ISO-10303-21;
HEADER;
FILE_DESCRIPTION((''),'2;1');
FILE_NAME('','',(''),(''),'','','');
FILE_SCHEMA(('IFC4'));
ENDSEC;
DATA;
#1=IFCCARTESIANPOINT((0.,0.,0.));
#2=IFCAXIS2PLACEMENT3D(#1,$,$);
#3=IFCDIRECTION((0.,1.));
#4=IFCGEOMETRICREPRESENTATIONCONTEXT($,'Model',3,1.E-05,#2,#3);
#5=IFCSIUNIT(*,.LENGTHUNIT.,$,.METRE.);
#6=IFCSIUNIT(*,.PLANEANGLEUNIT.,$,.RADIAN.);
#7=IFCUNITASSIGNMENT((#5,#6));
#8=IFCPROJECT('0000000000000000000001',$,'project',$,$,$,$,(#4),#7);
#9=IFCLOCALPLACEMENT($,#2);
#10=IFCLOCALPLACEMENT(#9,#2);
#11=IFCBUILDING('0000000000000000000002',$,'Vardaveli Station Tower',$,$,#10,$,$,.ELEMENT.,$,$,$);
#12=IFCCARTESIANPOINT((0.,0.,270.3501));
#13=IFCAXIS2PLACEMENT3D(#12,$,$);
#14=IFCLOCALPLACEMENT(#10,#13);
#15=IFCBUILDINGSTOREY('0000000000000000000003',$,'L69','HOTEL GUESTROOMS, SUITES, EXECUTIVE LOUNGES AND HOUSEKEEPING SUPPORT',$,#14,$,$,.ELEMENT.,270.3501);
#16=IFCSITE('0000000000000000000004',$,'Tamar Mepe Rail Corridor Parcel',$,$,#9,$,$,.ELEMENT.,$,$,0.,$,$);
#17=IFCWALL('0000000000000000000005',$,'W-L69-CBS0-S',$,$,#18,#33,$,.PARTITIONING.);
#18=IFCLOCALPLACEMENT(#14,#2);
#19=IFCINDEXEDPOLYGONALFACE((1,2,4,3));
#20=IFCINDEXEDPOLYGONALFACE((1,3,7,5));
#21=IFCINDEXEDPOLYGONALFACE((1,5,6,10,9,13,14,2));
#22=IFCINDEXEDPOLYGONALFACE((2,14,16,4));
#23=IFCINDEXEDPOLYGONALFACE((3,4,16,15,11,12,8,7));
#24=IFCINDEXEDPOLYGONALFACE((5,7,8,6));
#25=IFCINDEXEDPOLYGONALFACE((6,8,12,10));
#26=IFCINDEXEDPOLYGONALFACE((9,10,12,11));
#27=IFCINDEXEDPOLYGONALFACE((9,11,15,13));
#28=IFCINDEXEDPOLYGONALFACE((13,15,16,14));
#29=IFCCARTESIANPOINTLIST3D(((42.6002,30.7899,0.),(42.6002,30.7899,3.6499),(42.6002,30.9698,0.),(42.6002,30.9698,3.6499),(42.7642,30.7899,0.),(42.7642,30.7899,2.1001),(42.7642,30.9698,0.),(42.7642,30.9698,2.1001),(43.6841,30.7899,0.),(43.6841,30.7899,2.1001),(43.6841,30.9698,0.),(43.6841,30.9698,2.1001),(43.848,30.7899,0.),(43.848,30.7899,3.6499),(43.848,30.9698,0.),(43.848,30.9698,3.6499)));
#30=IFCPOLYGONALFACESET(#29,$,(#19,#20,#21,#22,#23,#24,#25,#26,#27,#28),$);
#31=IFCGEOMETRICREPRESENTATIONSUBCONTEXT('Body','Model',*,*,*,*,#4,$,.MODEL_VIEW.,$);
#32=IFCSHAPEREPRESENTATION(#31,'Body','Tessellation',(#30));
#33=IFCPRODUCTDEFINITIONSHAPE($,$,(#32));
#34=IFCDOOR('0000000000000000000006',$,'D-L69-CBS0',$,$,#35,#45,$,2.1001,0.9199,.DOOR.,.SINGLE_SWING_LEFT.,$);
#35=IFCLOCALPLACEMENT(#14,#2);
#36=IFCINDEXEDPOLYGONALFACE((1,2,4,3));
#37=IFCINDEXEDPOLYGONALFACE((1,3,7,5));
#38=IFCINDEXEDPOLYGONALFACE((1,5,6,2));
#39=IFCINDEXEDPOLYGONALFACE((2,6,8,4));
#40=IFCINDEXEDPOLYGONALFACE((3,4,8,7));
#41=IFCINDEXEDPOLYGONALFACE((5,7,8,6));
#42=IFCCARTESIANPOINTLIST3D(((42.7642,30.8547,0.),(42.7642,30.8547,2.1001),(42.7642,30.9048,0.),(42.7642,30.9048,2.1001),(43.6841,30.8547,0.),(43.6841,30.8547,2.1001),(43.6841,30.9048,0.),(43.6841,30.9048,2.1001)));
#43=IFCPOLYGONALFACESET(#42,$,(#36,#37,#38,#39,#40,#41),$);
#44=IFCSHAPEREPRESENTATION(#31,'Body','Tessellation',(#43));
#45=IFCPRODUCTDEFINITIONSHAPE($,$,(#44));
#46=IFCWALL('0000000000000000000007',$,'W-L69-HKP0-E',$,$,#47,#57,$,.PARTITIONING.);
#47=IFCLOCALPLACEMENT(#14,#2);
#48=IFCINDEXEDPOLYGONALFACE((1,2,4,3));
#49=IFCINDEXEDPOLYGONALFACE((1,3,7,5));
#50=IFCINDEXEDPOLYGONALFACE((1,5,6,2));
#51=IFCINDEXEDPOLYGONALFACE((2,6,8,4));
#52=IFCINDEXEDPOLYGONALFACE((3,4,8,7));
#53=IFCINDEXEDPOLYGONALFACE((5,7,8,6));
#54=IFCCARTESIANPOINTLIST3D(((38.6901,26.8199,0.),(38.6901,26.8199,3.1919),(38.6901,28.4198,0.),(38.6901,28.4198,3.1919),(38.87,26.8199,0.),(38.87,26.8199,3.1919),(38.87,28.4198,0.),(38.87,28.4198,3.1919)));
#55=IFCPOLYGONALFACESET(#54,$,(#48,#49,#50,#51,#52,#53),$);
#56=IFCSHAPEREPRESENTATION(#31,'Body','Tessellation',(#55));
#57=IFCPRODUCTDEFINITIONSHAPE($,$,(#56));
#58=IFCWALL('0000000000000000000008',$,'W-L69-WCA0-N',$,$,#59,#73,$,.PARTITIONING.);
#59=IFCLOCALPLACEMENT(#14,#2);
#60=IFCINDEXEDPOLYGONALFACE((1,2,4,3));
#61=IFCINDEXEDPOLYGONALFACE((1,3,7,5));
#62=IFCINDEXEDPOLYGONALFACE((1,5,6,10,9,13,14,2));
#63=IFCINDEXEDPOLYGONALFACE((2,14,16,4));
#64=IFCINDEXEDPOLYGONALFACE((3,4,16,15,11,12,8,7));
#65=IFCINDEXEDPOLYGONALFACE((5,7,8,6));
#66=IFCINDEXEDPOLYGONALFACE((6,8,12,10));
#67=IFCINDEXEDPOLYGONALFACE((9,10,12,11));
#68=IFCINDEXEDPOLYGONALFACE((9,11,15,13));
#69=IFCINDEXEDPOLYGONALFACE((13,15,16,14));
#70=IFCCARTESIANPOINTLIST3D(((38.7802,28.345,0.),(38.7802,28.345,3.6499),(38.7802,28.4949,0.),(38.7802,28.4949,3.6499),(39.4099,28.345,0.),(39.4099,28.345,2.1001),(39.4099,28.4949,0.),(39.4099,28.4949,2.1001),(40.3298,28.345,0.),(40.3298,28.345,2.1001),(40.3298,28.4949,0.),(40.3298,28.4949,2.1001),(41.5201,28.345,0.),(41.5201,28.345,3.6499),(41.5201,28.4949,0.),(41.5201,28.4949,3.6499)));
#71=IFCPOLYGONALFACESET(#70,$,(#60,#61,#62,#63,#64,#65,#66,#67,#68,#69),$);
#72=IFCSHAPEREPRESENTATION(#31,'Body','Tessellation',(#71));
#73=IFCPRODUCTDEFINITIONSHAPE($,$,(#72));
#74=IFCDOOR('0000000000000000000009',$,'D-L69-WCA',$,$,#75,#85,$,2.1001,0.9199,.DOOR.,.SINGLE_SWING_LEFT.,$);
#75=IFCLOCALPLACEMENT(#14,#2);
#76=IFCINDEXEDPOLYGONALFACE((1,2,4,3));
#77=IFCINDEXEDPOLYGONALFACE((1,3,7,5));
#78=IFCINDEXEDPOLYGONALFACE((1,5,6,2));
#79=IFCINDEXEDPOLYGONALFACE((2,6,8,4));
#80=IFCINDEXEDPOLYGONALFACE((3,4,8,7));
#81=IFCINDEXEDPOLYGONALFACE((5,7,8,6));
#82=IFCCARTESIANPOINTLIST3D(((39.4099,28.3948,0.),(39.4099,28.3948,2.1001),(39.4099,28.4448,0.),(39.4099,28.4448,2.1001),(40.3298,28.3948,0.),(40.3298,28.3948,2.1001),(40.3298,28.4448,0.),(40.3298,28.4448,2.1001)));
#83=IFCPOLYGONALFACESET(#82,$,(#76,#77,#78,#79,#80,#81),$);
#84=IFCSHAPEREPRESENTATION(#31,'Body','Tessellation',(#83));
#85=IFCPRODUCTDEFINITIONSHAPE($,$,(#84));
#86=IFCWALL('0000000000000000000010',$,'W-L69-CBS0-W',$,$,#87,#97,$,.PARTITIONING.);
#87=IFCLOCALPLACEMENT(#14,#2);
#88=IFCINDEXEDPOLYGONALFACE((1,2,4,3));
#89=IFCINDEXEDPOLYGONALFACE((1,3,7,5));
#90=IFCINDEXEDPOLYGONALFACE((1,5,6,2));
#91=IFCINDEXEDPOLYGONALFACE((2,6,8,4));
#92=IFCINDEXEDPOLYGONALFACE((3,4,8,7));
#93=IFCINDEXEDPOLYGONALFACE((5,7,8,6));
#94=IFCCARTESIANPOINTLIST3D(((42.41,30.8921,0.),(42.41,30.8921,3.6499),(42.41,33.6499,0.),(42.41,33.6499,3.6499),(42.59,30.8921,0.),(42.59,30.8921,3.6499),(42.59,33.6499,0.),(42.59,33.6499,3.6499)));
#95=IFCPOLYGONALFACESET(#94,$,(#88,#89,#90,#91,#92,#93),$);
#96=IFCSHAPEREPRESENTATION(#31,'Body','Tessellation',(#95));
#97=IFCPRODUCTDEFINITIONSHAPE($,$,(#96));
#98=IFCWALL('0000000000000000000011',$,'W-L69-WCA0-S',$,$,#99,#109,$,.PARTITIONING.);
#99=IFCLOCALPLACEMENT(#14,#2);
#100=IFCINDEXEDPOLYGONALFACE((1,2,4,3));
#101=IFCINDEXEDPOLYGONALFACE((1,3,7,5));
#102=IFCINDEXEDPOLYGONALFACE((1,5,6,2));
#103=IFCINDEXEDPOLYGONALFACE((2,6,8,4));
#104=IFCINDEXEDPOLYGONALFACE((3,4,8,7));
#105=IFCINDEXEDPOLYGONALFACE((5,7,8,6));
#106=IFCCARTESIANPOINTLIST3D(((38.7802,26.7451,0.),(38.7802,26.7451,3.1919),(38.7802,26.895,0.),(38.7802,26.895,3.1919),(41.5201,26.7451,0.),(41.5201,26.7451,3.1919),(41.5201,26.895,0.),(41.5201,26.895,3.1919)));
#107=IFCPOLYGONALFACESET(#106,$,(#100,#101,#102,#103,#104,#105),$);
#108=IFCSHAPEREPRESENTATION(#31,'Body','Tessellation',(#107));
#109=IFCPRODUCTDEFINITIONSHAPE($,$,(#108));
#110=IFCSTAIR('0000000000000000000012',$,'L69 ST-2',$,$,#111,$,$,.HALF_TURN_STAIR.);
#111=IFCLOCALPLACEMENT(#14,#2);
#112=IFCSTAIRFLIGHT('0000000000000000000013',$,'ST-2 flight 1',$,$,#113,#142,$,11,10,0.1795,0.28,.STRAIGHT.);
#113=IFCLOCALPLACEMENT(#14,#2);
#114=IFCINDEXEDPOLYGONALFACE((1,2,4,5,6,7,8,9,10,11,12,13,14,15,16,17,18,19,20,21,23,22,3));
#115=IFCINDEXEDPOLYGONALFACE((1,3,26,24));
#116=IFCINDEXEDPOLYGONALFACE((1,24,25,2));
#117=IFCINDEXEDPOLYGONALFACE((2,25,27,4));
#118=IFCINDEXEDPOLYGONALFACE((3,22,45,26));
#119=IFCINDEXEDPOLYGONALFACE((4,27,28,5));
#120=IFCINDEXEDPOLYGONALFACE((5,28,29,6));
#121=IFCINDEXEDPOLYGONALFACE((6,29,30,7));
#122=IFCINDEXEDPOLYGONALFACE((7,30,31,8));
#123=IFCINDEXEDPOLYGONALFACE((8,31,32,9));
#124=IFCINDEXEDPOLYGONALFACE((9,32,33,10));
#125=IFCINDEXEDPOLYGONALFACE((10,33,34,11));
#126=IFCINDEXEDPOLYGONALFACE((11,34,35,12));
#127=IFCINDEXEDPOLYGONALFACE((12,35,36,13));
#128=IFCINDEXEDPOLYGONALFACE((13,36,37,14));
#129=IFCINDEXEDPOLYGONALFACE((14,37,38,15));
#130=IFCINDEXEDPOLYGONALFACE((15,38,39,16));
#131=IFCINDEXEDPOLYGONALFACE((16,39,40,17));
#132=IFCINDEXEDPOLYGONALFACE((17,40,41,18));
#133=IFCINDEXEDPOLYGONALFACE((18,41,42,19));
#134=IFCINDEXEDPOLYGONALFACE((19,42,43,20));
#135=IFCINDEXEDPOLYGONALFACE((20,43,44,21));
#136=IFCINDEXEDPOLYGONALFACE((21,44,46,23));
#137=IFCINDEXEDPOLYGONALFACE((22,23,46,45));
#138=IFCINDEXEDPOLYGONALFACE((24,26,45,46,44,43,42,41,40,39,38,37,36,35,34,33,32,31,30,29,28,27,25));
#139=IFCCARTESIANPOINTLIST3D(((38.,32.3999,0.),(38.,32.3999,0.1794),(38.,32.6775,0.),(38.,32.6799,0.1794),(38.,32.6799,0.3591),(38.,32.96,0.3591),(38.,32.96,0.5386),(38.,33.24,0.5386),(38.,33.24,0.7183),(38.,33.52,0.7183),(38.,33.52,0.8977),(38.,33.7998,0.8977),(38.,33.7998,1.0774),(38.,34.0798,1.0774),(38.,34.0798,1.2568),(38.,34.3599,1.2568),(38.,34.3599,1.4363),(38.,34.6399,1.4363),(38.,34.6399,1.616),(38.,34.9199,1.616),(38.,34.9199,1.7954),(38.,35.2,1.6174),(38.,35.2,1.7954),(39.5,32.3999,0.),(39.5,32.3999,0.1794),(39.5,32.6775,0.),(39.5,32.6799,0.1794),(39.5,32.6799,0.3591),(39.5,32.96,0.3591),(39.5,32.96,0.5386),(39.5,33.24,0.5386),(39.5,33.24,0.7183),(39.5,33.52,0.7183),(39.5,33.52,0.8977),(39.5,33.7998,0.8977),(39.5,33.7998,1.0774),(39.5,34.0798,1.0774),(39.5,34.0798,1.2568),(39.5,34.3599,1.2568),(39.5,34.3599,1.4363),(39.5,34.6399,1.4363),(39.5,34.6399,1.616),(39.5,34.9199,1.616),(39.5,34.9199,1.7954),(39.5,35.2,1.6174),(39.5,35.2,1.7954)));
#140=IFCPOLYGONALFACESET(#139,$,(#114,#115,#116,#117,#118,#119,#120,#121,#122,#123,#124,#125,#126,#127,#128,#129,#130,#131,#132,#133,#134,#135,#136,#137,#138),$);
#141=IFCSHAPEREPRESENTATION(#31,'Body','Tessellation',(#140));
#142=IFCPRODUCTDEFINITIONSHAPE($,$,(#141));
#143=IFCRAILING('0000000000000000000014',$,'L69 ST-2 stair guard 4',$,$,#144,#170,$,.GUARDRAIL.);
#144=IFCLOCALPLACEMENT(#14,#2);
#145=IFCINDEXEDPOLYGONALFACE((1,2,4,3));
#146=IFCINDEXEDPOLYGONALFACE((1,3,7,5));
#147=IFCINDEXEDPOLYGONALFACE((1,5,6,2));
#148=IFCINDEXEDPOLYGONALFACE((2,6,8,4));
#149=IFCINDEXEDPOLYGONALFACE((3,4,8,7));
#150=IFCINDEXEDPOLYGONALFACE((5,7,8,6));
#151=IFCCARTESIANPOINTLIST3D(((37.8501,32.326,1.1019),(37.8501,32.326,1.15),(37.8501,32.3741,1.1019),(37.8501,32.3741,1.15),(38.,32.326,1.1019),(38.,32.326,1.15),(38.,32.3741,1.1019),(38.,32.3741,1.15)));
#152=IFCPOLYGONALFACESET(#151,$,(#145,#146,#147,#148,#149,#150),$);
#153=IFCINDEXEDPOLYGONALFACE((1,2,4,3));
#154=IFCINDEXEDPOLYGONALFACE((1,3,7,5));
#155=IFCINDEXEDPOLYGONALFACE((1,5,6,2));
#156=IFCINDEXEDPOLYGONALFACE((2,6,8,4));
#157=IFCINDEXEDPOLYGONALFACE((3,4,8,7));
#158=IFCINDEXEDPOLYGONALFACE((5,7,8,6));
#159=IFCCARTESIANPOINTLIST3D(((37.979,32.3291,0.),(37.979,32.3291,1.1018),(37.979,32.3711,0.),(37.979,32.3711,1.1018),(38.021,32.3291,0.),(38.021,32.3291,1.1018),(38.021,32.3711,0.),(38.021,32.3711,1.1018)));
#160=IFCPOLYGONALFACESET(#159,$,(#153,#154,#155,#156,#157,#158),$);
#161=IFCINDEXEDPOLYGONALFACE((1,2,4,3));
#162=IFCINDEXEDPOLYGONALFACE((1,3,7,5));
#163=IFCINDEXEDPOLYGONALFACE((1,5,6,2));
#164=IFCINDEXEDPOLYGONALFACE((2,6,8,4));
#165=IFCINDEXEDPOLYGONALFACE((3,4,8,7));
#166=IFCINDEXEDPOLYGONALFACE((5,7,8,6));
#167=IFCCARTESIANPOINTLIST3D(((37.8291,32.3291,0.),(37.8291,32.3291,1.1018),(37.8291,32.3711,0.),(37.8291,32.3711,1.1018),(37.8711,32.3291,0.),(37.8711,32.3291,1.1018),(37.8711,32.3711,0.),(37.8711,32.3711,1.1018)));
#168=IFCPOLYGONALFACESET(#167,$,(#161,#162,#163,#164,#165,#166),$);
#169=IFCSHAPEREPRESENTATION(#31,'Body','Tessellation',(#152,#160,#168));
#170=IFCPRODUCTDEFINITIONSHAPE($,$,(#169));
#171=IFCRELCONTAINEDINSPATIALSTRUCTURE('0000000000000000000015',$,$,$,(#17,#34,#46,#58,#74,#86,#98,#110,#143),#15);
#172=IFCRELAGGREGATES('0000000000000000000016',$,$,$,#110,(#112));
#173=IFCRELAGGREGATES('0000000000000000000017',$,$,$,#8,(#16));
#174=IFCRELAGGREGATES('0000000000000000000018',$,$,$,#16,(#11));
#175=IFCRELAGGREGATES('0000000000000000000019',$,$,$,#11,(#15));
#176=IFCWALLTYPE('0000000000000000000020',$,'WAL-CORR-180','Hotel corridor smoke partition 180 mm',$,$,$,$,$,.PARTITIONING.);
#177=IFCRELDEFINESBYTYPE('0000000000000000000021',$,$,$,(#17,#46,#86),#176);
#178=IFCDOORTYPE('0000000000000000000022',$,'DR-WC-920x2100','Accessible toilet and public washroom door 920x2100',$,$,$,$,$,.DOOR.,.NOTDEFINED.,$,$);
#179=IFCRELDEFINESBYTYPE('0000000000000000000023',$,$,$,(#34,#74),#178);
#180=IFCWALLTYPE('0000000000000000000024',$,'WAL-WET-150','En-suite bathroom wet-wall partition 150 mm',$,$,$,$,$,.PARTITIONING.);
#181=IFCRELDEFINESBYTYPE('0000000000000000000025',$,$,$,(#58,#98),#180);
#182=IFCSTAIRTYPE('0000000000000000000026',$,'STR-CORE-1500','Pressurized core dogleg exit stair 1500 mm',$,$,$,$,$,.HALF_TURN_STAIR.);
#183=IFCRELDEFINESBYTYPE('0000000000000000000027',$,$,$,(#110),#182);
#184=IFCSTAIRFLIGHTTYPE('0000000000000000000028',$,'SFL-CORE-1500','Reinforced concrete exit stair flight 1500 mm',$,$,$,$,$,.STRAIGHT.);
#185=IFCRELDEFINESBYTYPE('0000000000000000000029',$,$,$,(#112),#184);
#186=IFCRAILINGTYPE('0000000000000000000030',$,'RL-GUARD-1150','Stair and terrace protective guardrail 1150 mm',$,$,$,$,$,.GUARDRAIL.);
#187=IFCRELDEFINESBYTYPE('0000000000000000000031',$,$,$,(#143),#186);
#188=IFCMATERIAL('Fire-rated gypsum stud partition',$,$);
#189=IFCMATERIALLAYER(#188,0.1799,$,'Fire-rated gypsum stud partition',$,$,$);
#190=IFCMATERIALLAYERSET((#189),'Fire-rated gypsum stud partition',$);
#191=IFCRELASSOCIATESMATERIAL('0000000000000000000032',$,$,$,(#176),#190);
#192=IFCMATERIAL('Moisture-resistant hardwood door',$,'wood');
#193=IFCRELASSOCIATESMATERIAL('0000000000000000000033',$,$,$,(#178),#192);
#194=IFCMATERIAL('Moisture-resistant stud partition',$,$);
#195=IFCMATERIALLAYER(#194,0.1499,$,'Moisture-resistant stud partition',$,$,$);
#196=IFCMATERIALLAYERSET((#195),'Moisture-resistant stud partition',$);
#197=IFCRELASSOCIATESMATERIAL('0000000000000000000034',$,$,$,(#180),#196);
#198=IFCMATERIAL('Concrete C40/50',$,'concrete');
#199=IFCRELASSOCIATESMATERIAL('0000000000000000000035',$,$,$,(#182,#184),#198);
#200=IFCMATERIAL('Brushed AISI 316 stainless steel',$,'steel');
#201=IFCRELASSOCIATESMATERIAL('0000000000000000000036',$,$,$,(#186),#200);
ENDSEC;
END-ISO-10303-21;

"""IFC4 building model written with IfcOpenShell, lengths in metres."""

from ifc_helpers import new_model, si_unit, direction, frame, frame_2d, origin, origin_2d, place, context, subcontext, project, spatial, polyline, rectangle, outline, extrude, source, transform, mapped, material, layer, layer_set, type_object, element, fill, aggregate, save


model = new_model("IFC4")

# Units and contexts
model_context = context("Model", 3, precision=1e-05, world=origin(), true_north=direction((0.0, 1.0)))
body_context = subcontext(model_context, "Body", "Model", "MODEL_VIEW")
ifc_project = project(units=[si_unit("LENGTHUNIT", "METRE"), si_unit("PLANEANGLEUNIT", "RADIAN")], contexts=[model_context])

# Site, building, storey
site_placement = place(None, origin())
site = spatial("IfcSite", under=ifc_project, at=site_placement, Name="Tamar Mepe Rail Corridor Parcel", CompositionType="ELEMENT", RefElevation=0.0)
building_placement = place(site_placement, origin())
building = spatial("IfcBuilding", under=site, at=building_placement, Name="Vardaveli Station Tower", CompositionType="ELEMENT")
storey_placement = place(building_placement, frame((0.0, 0.0, 270.3501)))
storey = spatial("IfcBuildingStorey", under=building, at=storey_placement, Name="L69", Description="HOTEL GUESTROOMS, SUITES, EXECUTIVE LOUNGES AND HOUSEKEEPING SUPPORT", CompositionType="ELEMENT", Elevation=270.3501)

# Shared definitions
ifc_material_1 = material(Name="Concrete C40/50", Category="concrete")

# Shared definitions
ifc_material_2 = material(Name="Fire-rated gypsum stud partition")
ifc_layer_1 = layer(ifc_material_2, 0.1799, Name="Fire-rated gypsum stud partition")
ifc_layer_set_1 = layer_set([ifc_layer_1], Name="Fire-rated gypsum stud partition")
wall_type_1 = type_object("IfcWallType", Name="WAL-CORR-180", Description="Hotel corridor smoke partition 180 mm", PredefinedType="PARTITIONING", material=ifc_layer_set_1)

# Wall, opening, door
shared_shape_1 = source(origin(), body_context, "Body", "SweptSolid", [
    extrude(rectangle(XDim=1.2478, YDim=0.1799, at=frame_2d((0.624, 0.0))), origin(), (0.0, 0.0, 1.0), 3.6499),
])
wall_1_placement = place(storey_placement, frame((42.6001, 30.8799, 0.0), z_axis=(0.0, 0.0, 1.0), x_axis=(1.0, 0.0, 0.0)))
wall_1 = element("IfcWall", 1, at=wall_1_placement, inside=storey, type_object=wall_type_1, Name="W-L69-CBS0-S", PredefinedType="PARTITIONING", context=body_context, shape_type="MappedRepresentation", body=[
    mapped(shared_shape_1, transform((0.0, 0.0, 0.0), scale=1.0)),
])
shared_shape_2 = source(origin(), body_context, "Body", "SweptSolid", [
    extrude(rectangle(XDim=0.9199, YDim=2.1001, at=frame_2d((0.46, 1.05))), frame((0.0, 0.1001, 0.0), z_axis=(0.0, -1.0, 0.0), x_axis=(1.0, 0.0, 0.0)), (0.0, 0.0, 1.0), 0.2),
])
opening_1_placement = place(wall_1_placement, frame((0.1641, 0.0, 0.0)))
opening_1 = element("IfcOpeningElement", 2, at=opening_1_placement, cuts=wall_1, PredefinedType="OPENING", context=body_context, shape_type="MappedRepresentation", body=[
    mapped(shared_shape_2, transform((0.0, 0.0, 0.0), scale=1.0)),
])
ifc_material_3 = material(Name="Moisture-resistant hardwood door", Category="wood")
door_type_1 = type_object("IfcDoorType", Name="DR-WC-920x2100", Description="Accessible toilet and public washroom door 920x2100", OperationType="NOTDEFINED", PredefinedType="DOOR", material=ifc_material_3)
shared_shape_3 = source(origin(), body_context, "Body", "SweptSolid", [
    extrude(rectangle(XDim=0.9199, YDim=2.1001, at=frame_2d((0.46, 1.05))), frame((0.0, 0.0249, 0.0), z_axis=(0.0, -1.0, 0.0), x_axis=(1.0, 0.0, 0.0)), (0.0, 0.0, 1.0), 0.05),
])
door_1_placement = place(opening_1_placement, origin())
door_1 = element("IfcDoor", 3, at=door_1_placement, inside=storey, type_object=door_type_1, Name="D-L69-CBS0", OperationType="SINGLE_SWING_LEFT", OverallHeight=2.1001, OverallWidth=0.9199, PredefinedType="DOOR", context=body_context, shape_type="MappedRepresentation", body=[
    mapped(shared_shape_3, transform((0.0, 0.0, 0.0), scale=1.0)),
])
fill(opening_1, door_1)

# Wall
shared_shape_4 = source(origin(), body_context, "Body", "SweptSolid", [
    extrude(rectangle(XDim=1.5999, YDim=0.1799, at=frame_2d((0.7998, 0.0))), origin(), (0.0, 0.0, 1.0), 3.1919),
])
wall_2_placement = place(storey_placement, frame((38.78, 26.8201, 0.0), z_axis=(0.0, 0.0, 1.0), x_axis=(0.0, 1.0, 0.0)))
element("IfcWall", 4, at=wall_2_placement, inside=storey, type_object=wall_type_1, Name="W-L69-HKP0-E", PredefinedType="PARTITIONING", context=body_context, shape_type="MappedRepresentation", body=[
    mapped(shared_shape_4, transform((0.0, 0.0, 0.0), scale=1.0)),
])

# Wall, opening, door
ifc_material_4 = material(Name="Moisture-resistant stud partition")
ifc_layer_2 = layer(ifc_material_4, 0.1499, Name="Moisture-resistant stud partition")
ifc_layer_set_2 = layer_set([ifc_layer_2], Name="Moisture-resistant stud partition")
wall_type_2 = type_object("IfcWallType", Name="WAL-WET-150", Description="En-suite bathroom wet-wall partition 150 mm", PredefinedType="PARTITIONING", material=ifc_layer_set_2)
shared_shape_5 = source(origin(), body_context, "Body", "SweptSolid", [
    extrude(rectangle(XDim=2.74, YDim=0.1499, at=frame_2d((1.3701, 0.0))), origin(), (0.0, 0.0, 1.0), 3.6499),
])
wall_3_placement = place(storey_placement, frame((38.78, 28.4199, 0.0), z_axis=(0.0, 0.0, 1.0), x_axis=(1.0, 0.0, 0.0)))
wall_3 = element("IfcWall", 5, at=wall_3_placement, inside=storey, type_object=wall_type_2, Name="W-L69-WCA0-N", PredefinedType="PARTITIONING", context=body_context, shape_type="MappedRepresentation", body=[
    mapped(shared_shape_5, transform((0.0, 0.0, 0.0), scale=1.0)),
])
shared_shape_6 = source(origin(), body_context, "Body", "SweptSolid", [
    extrude(rectangle(XDim=0.9199, YDim=2.1001, at=frame_2d((0.46, 1.05))), frame((0.0, 0.085, 0.0), z_axis=(0.0, -1.0, 0.0), x_axis=(1.0, 0.0, 0.0)), (0.0, 0.0, 1.0), 0.1699),
])
opening_2_placement = place(wall_3_placement, frame((0.6299, 0.0, 0.0)))
opening_2 = element("IfcOpeningElement", 6, at=opening_2_placement, cuts=wall_3, PredefinedType="OPENING", context=body_context, shape_type="MappedRepresentation", body=[
    mapped(shared_shape_6, transform((0.0, 0.0, 0.0), scale=1.0)),
])
door_2_placement = place(opening_2_placement, origin())
door_2 = element("IfcDoor", 7, at=door_2_placement, inside=storey, type_object=door_type_1, Name="D-L69-WCA", OperationType="SINGLE_SWING_LEFT", OverallHeight=2.1001, OverallWidth=0.9199, PredefinedType="DOOR", context=body_context, shape_type="MappedRepresentation", body=[
    mapped(shared_shape_3, transform((0.0, 0.0, 0.0), scale=1.0)),
])
fill(opening_2, door_2)

# Walls
shared_shape_7 = source(origin(), body_context, "Body", "SweptSolid", [
    extrude(rectangle(XDim=2.7578, YDim=0.1799, at=frame_2d((1.3789, 0.0))), origin(), (0.0, 0.0, 1.0), 3.6499),
])
wall_4_placement = place(storey_placement, frame((42.5, 30.8921, 0.0), z_axis=(0.0, 0.0, 1.0), x_axis=(0.0, 1.0, 0.0)))
element("IfcWall", 8, at=wall_4_placement, inside=storey, type_object=wall_type_1, Name="W-L69-CBS0-W", PredefinedType="PARTITIONING", context=body_context, shape_type="MappedRepresentation", body=[
    mapped(shared_shape_7, transform((0.0, 0.0, 0.0), scale=1.0)),
])
shared_shape_8 = source(origin(), body_context, "Body", "SweptSolid", [
    extrude(rectangle(XDim=2.74, YDim=0.1499, at=frame_2d((1.3701, 0.0))), origin(), (0.0, 0.0, 1.0), 3.1919),
])
wall_5_placement = place(storey_placement, frame((38.78, 26.8201, 0.0), z_axis=(0.0, 0.0, 1.0), x_axis=(1.0, 0.0, 0.0)))
element("IfcWall", 9, at=wall_5_placement, inside=storey, type_object=wall_type_2, Name="W-L69-WCA0-S", PredefinedType="PARTITIONING", context=body_context, shape_type="MappedRepresentation", body=[
    mapped(shared_shape_8, transform((0.0, 0.0, 0.0), scale=1.0)),
])

# Stair, stair flight
stair_type = type_object("IfcStairType", Name="STR-CORE-1500", Description="Pressurized core dogleg exit stair 1500 mm", PredefinedType="HALF_TURN_STAIR", material=ifc_material_1)
stair_placement = place(storey_placement, origin())
stair = element("IfcStair", 10, at=stair_placement, inside=storey, type_object=stair_type, Name="L69 ST-2", PredefinedType="HALF_TURN_STAIR")
stair_flight_type = type_object("IfcStairFlightType", Name="SFL-CORE-1500", Description="Reinforced concrete exit stair flight 1500 mm", PredefinedType="STRAIGHT", material=ifc_material_1)
shared_shape_9 = source(origin(), body_context, "Body", "SweptSolid", [
    extrude(outline(polyline([(0.0, 0.0), (0.0, 0.1794), (0.28, 0.1794), (0.28, 0.3591), (0.5601, 0.3591), (0.5601, 0.5386), (0.8401, 0.5386), (0.8401, 0.7183), (1.1201, 0.7183), (1.1201, 0.8977), (1.3999, 0.8977), (1.3999, 1.0774), (1.6799, 1.0774), (1.6799, 1.2568), (1.96, 1.2568), (1.96, 1.4363), (2.24, 1.4363), (2.24, 1.616), (2.52, 1.616), (2.52, 1.7954), (2.8, 1.7954), (2.8, 1.9751), (2.8, 1.6174), (0.2776, 0.0), (0.0, 0.0)])), frame((0.0, 0.75, 0.0), z_axis=(0.0, -1.0, 0.0), x_axis=(1.0, 0.0, 0.0)), (0.0, 0.0, 1.0), 1.5),
])
stair_flight_placement = place(storey_placement, frame((38.75, 32.3999, 0.0), z_axis=(0.0, 0.0, 1.0), x_axis=(0.0, 1.0, 0.0)))
stair_flight = element("IfcStairFlight", 11, at=stair_flight_placement, type_object=stair_flight_type, Name="ST-2 flight 1", NumberOfRisers=11, NumberOfTreads=10, PredefinedType="STRAIGHT", RiserHeight=0.1795, TreadLength=0.28, context=body_context, shape_type="MappedRepresentation", body=[
    mapped(shared_shape_9, transform((0.0, 0.0, 0.0), scale=1.0)),
])
aggregate(stair, [stair_flight])

# Railing
ifc_material_5 = material(Name="Brushed AISI 316 stainless steel", Category="steel")
railing_type_1 = type_object("IfcRailingType", Name="RL-GUARD-1150", Description="Stair and terrace protective guardrail 1150 mm", PredefinedType="GUARDRAIL", material=ifc_material_5)
shared_shape_10 = source(origin(), body_context, "Body", "SweptSolid", [
    extrude(rectangle(XDim=0.0481, YDim=0.0481, at=origin_2d()), frame((0.0, 0.0, 1.126), z_axis=(-1.0, 0.0, 0.0), x_axis=(0.0, -1.0, 0.0)), (0.0, 0.0, 1.0), 0.1499),
    extrude(rectangle(XDim=0.042, YDim=0.042, at=origin_2d()), origin(), (0.0, 0.0, 1.0), 1.1018),
    extrude(rectangle(XDim=0.042, YDim=0.042, at=origin_2d()), frame((-0.1499, 0.0, 0.0)), (0.0, 0.0, 1.0), 1.1018),
])
railing_1_placement = place(storey_placement, frame((38.0, 32.3501, 0.0)))
element("IfcRailing", 12, at=railing_1_placement, inside=storey, type_object=railing_type_1, Name="L69 ST-2 stair guard 4", PredefinedType="GUARDRAIL", context=body_context, shape_type="MappedRepresentation", body=[
    mapped(shared_shape_10, transform((0.0, 0.0, 0.0), scale=1.0)),
])

save(model, "model.ifc")
